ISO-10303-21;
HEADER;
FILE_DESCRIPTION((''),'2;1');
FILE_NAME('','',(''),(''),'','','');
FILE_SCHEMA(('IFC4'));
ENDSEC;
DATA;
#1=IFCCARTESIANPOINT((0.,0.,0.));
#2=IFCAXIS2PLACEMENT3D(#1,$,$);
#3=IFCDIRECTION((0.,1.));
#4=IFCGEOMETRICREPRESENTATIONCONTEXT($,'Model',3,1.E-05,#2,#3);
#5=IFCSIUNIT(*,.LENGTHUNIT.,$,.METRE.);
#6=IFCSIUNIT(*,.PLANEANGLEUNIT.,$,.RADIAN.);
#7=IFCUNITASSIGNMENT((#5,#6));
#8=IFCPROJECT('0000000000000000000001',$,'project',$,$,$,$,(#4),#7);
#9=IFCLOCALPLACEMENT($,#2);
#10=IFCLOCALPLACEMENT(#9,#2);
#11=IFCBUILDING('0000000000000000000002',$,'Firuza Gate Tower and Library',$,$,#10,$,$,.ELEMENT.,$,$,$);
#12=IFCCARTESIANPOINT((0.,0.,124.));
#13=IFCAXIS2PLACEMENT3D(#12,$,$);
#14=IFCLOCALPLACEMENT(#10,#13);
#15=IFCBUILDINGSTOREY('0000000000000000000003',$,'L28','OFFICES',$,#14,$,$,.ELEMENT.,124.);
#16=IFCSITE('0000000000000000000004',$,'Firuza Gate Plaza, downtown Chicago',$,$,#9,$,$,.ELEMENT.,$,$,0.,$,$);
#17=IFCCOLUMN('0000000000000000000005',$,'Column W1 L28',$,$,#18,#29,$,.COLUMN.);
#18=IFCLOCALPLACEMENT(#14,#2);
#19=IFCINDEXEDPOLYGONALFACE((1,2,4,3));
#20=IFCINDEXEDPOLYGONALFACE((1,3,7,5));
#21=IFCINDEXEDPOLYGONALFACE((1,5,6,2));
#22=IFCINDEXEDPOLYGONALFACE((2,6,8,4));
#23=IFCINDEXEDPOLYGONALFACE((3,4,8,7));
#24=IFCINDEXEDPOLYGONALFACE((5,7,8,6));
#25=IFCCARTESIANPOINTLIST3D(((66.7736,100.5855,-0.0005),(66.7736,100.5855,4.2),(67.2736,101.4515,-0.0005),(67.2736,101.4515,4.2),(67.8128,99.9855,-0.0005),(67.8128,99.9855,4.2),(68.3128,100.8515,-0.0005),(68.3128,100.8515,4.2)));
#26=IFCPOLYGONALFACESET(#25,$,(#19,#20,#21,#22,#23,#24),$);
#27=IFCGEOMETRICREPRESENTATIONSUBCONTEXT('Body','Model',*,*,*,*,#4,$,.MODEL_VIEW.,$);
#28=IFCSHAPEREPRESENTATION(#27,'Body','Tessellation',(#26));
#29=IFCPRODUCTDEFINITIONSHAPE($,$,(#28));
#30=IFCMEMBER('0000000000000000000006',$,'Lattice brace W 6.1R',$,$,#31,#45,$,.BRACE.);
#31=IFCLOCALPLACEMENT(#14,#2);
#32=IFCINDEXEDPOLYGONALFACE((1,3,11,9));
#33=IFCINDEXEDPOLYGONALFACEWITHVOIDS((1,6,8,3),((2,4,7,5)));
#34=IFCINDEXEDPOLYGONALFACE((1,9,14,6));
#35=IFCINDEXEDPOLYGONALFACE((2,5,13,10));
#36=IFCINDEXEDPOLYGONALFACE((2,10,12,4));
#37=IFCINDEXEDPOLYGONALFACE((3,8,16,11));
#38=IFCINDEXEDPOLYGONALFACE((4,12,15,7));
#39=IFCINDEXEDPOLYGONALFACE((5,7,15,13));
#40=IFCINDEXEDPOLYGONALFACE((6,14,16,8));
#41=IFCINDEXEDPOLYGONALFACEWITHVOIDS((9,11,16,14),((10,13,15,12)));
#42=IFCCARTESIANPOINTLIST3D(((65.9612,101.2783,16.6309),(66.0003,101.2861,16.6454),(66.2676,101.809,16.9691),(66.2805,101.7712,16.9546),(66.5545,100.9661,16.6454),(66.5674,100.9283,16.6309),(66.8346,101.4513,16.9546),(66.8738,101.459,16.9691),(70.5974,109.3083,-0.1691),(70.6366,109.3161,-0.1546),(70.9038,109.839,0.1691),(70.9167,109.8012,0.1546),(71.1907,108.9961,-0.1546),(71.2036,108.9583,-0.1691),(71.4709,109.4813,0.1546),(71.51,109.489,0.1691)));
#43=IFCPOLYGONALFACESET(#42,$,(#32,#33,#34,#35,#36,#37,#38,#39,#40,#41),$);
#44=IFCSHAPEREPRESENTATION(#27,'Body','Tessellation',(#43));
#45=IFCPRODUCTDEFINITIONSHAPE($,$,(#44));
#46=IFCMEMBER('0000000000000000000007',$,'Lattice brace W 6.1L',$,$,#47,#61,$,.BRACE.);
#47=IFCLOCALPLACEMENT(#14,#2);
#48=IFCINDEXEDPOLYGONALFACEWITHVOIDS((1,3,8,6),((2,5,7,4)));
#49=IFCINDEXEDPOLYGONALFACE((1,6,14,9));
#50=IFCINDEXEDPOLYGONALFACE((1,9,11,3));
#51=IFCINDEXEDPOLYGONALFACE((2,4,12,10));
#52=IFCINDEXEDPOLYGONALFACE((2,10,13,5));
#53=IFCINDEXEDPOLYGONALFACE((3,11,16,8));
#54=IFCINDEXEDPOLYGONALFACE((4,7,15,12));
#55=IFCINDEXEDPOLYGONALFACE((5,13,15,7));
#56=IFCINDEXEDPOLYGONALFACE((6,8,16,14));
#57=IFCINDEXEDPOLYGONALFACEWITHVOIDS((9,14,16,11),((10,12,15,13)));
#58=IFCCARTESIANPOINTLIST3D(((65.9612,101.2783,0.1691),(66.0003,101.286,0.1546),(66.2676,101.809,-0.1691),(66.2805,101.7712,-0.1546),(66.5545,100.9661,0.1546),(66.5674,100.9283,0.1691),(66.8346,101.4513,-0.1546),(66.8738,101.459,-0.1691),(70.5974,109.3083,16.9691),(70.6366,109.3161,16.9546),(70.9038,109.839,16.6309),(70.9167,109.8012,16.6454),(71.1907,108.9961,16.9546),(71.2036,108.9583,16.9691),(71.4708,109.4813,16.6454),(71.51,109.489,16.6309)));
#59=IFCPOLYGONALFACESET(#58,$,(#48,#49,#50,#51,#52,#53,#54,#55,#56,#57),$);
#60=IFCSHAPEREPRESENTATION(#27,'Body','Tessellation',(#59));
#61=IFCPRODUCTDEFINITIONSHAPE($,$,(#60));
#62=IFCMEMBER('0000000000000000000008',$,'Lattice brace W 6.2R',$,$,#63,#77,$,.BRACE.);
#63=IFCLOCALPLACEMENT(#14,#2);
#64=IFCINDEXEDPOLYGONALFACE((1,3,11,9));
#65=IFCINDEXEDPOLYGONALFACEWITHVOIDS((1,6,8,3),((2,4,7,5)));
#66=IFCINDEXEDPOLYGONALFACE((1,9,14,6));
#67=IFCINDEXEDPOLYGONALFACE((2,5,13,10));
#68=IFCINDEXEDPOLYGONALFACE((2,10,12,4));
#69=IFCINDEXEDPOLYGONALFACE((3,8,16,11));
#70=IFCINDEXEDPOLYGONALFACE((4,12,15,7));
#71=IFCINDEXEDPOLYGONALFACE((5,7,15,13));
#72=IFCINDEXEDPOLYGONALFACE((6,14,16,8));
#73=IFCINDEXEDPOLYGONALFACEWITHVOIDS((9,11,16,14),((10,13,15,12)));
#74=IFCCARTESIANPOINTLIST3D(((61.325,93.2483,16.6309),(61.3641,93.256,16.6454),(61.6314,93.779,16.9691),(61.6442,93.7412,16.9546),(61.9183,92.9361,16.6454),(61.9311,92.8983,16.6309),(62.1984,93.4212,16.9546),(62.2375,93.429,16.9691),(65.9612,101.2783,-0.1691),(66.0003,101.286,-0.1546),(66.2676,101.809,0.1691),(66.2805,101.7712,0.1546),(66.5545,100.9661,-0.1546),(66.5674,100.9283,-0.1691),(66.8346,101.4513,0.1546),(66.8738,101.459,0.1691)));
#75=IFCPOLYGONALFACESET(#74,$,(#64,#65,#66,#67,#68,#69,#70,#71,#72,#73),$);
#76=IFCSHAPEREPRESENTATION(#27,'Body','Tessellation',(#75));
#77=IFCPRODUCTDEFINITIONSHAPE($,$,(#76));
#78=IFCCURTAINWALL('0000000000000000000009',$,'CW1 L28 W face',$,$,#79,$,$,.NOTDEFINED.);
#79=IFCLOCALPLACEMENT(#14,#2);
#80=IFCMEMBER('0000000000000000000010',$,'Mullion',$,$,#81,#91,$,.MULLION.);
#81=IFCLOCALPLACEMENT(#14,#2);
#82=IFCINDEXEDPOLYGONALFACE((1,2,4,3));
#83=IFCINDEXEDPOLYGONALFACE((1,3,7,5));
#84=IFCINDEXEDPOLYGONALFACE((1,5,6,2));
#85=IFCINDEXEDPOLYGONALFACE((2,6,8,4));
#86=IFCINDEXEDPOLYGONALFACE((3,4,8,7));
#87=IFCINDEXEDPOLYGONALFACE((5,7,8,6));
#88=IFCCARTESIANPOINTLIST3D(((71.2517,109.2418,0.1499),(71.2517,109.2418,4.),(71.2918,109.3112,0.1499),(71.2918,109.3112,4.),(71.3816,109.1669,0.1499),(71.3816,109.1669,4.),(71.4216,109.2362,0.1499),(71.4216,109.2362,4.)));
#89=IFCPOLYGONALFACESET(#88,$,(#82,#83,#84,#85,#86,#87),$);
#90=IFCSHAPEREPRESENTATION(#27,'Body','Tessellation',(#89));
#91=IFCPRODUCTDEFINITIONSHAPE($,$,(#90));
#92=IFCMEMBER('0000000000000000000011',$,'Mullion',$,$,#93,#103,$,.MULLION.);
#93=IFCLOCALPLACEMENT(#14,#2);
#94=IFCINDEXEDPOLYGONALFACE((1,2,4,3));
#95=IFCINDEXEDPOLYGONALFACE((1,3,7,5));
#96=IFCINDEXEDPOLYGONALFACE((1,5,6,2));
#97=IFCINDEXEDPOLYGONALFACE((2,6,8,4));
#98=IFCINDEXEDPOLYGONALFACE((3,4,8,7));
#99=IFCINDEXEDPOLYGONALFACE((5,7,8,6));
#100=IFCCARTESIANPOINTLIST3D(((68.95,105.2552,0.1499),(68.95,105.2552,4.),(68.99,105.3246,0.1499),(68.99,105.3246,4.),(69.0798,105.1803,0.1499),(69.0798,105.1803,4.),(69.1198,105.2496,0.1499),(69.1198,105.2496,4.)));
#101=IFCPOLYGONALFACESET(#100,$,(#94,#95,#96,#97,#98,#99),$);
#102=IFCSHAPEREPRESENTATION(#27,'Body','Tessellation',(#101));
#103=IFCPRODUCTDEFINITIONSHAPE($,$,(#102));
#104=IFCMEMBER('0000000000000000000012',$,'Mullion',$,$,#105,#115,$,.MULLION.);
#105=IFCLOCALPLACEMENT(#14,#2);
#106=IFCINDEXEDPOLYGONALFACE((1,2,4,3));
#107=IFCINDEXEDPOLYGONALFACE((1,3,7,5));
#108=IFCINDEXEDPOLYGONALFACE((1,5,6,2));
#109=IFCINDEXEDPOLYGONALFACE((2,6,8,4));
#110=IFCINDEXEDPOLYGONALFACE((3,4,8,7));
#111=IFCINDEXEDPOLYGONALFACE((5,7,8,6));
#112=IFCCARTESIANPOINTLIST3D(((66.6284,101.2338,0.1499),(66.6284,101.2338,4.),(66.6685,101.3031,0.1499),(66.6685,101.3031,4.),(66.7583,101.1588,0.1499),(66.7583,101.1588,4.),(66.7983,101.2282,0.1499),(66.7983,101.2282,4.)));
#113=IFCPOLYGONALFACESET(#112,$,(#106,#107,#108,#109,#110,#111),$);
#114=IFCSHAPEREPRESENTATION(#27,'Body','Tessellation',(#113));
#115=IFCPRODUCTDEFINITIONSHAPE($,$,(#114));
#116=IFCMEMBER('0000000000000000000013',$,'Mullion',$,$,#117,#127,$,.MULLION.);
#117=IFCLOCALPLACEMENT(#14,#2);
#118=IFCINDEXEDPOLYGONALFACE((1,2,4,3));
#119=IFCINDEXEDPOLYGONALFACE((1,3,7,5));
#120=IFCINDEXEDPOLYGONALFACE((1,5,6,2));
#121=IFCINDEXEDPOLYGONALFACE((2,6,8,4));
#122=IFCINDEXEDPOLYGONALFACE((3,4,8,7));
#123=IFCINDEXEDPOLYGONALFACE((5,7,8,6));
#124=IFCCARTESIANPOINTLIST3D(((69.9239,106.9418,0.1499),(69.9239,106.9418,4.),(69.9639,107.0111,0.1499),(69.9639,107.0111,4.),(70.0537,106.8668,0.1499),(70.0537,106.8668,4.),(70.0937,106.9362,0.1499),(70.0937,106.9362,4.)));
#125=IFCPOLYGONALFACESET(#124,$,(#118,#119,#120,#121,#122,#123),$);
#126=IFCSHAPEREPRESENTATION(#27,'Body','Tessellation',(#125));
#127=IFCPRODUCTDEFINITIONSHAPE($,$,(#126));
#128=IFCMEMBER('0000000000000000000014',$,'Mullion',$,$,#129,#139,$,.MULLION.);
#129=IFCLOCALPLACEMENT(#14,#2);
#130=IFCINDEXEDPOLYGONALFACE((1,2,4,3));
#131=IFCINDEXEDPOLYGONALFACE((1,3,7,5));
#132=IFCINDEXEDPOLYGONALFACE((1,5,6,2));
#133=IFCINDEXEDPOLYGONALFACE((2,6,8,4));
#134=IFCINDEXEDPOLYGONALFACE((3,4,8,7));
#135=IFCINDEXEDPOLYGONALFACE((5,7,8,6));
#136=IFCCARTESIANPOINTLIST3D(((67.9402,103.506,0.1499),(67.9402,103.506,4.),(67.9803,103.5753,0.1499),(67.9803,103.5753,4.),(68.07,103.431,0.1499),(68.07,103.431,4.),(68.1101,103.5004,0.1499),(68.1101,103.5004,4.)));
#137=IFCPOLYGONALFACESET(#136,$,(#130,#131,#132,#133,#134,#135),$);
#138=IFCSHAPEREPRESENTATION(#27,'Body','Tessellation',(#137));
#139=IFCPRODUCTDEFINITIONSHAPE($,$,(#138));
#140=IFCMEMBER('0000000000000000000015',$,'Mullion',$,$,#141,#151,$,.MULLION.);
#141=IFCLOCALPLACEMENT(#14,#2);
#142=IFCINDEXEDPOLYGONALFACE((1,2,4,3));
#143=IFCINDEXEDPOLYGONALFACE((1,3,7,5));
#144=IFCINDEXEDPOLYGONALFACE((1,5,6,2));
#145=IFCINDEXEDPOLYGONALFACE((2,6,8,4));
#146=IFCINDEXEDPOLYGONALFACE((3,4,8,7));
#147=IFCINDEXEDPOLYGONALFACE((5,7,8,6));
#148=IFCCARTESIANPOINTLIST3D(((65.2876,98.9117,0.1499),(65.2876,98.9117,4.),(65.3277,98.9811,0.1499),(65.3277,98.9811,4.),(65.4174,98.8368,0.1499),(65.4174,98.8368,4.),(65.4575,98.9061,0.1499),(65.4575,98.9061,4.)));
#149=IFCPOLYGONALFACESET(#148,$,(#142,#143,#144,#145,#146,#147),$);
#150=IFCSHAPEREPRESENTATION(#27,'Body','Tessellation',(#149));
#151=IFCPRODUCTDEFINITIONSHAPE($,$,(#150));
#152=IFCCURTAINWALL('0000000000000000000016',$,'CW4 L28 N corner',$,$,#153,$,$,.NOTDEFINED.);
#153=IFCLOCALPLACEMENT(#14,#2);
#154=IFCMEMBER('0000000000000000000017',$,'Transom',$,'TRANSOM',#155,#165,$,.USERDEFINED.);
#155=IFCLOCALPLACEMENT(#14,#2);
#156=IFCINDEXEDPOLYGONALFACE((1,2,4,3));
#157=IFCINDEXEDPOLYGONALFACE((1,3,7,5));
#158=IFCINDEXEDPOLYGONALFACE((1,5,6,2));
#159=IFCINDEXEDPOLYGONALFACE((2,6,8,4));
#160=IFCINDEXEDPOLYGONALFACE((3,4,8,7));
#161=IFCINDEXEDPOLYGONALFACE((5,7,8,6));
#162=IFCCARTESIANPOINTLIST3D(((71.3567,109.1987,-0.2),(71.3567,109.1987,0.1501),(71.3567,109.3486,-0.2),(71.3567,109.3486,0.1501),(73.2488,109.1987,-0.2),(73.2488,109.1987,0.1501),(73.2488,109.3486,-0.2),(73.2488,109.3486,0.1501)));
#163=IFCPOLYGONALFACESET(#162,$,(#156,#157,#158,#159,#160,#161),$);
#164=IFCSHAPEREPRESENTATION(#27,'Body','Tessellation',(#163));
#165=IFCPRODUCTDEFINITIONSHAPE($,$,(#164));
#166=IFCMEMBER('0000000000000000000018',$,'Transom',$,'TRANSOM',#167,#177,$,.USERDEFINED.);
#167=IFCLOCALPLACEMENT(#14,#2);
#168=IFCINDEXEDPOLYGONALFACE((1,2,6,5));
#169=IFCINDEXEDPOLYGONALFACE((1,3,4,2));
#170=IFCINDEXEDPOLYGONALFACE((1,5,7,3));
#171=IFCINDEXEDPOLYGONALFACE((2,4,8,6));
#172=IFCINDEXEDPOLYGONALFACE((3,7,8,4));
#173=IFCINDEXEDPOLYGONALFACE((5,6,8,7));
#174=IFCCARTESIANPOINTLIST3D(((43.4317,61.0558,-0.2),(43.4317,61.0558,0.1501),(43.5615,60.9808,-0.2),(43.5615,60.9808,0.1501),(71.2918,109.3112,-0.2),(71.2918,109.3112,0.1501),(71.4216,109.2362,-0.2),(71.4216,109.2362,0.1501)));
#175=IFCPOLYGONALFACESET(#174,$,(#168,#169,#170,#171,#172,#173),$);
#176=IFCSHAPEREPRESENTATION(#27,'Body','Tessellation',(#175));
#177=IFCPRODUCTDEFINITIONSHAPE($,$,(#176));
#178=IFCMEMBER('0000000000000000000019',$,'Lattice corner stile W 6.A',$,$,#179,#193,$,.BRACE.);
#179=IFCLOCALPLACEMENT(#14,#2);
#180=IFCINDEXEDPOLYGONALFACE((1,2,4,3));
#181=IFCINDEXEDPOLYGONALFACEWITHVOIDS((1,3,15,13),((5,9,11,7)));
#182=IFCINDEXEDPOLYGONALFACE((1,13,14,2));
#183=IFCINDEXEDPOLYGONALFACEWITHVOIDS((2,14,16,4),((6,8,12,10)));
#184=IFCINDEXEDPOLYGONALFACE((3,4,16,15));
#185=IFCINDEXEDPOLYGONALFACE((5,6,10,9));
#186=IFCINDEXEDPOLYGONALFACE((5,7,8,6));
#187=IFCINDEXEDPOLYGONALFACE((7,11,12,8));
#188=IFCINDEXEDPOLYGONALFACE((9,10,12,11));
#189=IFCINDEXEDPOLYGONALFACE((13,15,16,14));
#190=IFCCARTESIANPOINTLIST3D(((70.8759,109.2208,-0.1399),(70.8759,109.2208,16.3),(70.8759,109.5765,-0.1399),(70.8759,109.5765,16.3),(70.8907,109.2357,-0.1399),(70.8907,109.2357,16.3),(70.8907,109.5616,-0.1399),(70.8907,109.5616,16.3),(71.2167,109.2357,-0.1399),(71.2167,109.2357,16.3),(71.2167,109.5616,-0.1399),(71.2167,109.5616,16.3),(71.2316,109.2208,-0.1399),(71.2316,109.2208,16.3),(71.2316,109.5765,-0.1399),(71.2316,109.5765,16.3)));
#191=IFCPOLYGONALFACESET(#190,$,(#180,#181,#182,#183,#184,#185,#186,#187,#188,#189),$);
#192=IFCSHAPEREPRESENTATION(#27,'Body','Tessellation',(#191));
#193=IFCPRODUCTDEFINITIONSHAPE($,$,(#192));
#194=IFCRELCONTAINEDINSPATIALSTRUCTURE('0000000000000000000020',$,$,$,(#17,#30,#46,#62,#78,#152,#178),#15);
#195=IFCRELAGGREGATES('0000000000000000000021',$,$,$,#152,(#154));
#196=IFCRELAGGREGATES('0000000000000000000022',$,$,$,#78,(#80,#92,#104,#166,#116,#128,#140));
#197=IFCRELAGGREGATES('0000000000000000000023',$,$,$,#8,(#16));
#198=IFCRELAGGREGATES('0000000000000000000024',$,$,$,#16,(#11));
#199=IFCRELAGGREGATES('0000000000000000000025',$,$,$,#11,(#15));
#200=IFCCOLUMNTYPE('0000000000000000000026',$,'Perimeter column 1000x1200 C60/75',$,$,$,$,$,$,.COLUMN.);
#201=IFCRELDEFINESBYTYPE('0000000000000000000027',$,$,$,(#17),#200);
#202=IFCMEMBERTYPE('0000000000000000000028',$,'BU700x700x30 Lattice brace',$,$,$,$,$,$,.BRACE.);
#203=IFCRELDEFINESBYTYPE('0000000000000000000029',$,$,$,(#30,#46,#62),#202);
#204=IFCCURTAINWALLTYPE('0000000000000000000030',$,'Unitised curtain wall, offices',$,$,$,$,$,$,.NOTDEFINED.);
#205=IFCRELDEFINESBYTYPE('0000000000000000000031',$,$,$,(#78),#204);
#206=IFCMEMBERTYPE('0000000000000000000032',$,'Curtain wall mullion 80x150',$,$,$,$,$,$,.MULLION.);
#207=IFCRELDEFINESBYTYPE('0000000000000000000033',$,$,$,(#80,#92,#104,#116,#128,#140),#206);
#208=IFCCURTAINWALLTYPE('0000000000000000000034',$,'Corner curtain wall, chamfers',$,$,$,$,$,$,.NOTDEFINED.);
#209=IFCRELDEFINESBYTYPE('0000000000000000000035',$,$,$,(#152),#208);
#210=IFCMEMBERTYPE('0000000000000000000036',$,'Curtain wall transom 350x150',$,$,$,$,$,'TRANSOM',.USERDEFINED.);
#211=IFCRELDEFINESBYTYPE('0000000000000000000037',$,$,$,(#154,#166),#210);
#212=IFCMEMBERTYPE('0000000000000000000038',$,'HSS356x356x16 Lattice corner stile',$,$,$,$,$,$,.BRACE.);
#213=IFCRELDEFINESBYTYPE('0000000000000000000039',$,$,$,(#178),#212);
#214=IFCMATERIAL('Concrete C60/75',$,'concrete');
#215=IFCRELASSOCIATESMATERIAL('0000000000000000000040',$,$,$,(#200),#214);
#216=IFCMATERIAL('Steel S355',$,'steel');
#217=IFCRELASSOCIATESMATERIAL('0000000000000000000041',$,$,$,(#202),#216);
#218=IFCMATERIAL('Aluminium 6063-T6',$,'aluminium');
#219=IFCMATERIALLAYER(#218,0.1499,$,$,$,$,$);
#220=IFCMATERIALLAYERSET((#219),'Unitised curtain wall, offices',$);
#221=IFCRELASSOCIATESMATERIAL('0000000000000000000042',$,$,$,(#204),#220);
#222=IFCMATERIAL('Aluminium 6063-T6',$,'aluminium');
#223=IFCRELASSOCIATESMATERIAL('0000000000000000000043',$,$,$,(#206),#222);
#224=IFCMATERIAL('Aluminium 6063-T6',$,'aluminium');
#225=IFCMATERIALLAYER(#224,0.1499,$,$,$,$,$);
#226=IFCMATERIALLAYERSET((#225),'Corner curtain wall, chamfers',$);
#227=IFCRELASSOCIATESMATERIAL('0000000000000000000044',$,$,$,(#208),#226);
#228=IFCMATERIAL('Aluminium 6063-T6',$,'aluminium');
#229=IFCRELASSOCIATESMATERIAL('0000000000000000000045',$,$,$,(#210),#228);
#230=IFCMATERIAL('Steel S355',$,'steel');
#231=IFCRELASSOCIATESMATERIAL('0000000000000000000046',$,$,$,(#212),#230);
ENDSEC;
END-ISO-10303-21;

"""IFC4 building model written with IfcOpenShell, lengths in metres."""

from ifc_helpers import new_model, si_unit, direction, frame, origin, origin_2d, place, context, subcontext, project, spatial, rectangle, hollow_rectangle, extrude, material, layer, layer_set, material_profile, profile_set, type_object, element, aggregate, save


model = new_model("IFC4")

# Units and contexts
model_context = context("Model", 3, precision=1e-05, world=origin(), true_north=direction((0.0, 1.0)))
body_context = subcontext(model_context, "Body", "Model", "MODEL_VIEW")
ifc_project = project(units=[si_unit("LENGTHUNIT", "METRE"), si_unit("PLANEANGLEUNIT", "RADIAN")], contexts=[model_context])

# Site, building, storey
site_placement = place(None, origin())
site = spatial("IfcSite", under=ifc_project, at=site_placement, Name="Firuza Gate Plaza, downtown Chicago", CompositionType="ELEMENT", RefElevation=0.0)
building_placement = place(site_placement, origin())
building = spatial("IfcBuilding", under=site, at=building_placement, Name="Firuza Gate Tower and Library", CompositionType="ELEMENT")
storey_placement = place(building_placement, frame((0.0, 0.0, 124.0)))
storey = spatial("IfcBuildingStorey", under=building, at=storey_placement, Name="L28", Description="OFFICES", CompositionType="ELEMENT", Elevation=124.0)

# Column
ifc_material_1 = material(Name="Concrete C60/75", Category="concrete")
ifc_material_profile_1 = material_profile(ifc_material_1, rectangle(XDim=1.0, YDim=1.2, at=origin_2d()))
ifc_profile_set_1 = profile_set([ifc_material_profile_1], Name="Concrete C60/75")
column_type = type_object("IfcColumnType", Name="Perimeter column 1000x1200 C60/75", PredefinedType="COLUMN", material=ifc_profile_set_1)
column_placement = place(storey_placement, frame((67.5432, 100.7185, -0.0005), z_axis=(0.0, 0.0, 1.0), x_axis=(-0.5, -0.866025, 0.0)))
element("IfcColumn", 1, at=column_placement, inside=storey, type_object=column_type, Name="Column W1 L28", PredefinedType="COLUMN", context=body_context, shape_type="SweptSolid", body=[
    extrude(rectangle(XDim=1.0, YDim=1.2, at=origin_2d()), origin(), (0.0, 0.0, 1.0), 4.2004),
])

# Members
ifc_material_2 = material(Name="Steel S355", Category="steel")
ifc_material_profile_2 = material_profile(ifc_material_2, hollow_rectangle(XDim=0.7, YDim=0.7, WallThickness=0.03, at=origin_2d()))
ifc_profile_set_2 = profile_set([ifc_material_profile_2], Name="Steel S355")
member_type_1 = type_object("IfcMemberType", Name="BU700x700x30 Lattice brace", PredefinedType="BRACE", material=ifc_profile_set_2)
for number, where, z_axis, x_axis, name in (
    (2, (71.0537, 109.3987, 0.0), (-0.241609, -0.41847, 0.875504), (0.866021, -0.500007, 0.0), "Lattice brace W 6.1R"),
    (3, (66.4175, 101.3687, 0.0), (0.241609, 0.41847, 0.875504), (-0.866021, 0.500007, 0.0), "Lattice brace W 6.1L"),
    (4, (66.4175, 101.3687, 0.0), (-0.241609, -0.41847, 0.875504), (0.866021, -0.500007, 0.0), "Lattice brace W 6.2R"),
):
    element("IfcMember", number, at=place(storey_placement, frame(where, z_axis=z_axis, x_axis=x_axis)), inside=storey, type_object=member_type_1, Name=name, PredefinedType="BRACE", context=body_context, shape_type="SweptSolid", body=[
        extrude(hollow_rectangle(XDim=0.7, YDim=0.7, WallThickness=0.03, at=origin_2d()), origin(), (0.0, 0.0, 1.0), 19.189),
    ])

# Curtain wall, members
ifc_material_3 = material(Name="Aluminium 6063-T6", Category="aluminium")
ifc_layer_1 = layer(ifc_material_3, 0.1499)
ifc_layer_set_1 = layer_set([ifc_layer_1], Name="Unitised curtain wall, offices")
curtain_wall_type_1 = type_object("IfcCurtainWallType", Name="Unitised curtain wall, offices", PredefinedType="NOTDEFINED", material=ifc_layer_set_1)
placement = place(storey_placement, origin())
curtain_wall_1 = element("IfcCurtainWall", 5, at=placement, inside=storey, type_object=curtain_wall_type_1, Name="CW1 L28 W face", PredefinedType="NOTDEFINED")
ifc_material_4 = material(Name="Aluminium 6063-T6", Category="aluminium")
ifc_material_profile_3 = material_profile(ifc_material_4, rectangle(XDim=0.1499, YDim=0.0801, at=origin_2d()))
ifc_profile_set_3 = profile_set([ifc_material_profile_3], Name="Aluminium 6063-T6")
member_type_2 = type_object("IfcMemberType", Name="Curtain wall mullion 80x150", PredefinedType="MULLION", material=ifc_profile_set_3)
member_1_placement = place(storey_placement, frame((71.3367, 109.239, 0.1499), z_axis=(0.0, 0.0, 1.0), x_axis=(0.866025, -0.5, 0.0)))
member_1 = element("IfcMember", 6, at=member_1_placement, type_object=member_type_2, Name="Mullion", PredefinedType="MULLION", context=body_context, shape_type="SweptSolid", body=[
    extrude(rectangle(XDim=0.1499, YDim=0.0801, at=origin_2d()), origin(), (0.0, 0.0, 1.0), 3.8501),
])
member_2_placement = place(storey_placement, frame((69.0349, 105.2524, 0.1499), z_axis=(0.0, 0.0, 1.0), x_axis=(0.866025, -0.5, 0.0)))
member_2 = element("IfcMember", 7, at=member_2_placement, type_object=member_type_2, Name="Mullion", PredefinedType="MULLION", context=body_context, shape_type="SweptSolid", body=[
    extrude(rectangle(XDim=0.1499, YDim=0.0801, at=origin_2d()), origin(), (0.0, 0.0, 1.0), 3.8501),
])
member_3_placement = place(storey_placement, frame((66.7134, 101.231, 0.1499), z_axis=(0.0, 0.0, 1.0), x_axis=(0.866025, -0.5, 0.0)))
member_3 = element("IfcMember", 8, at=member_3_placement, type_object=member_type_2, Name="Mullion", PredefinedType="MULLION", context=body_context, shape_type="SweptSolid", body=[
    extrude(rectangle(XDim=0.1499, YDim=0.0801, at=origin_2d()), origin(), (0.0, 0.0, 1.0), 3.8501),
])
member_4_placement = place(storey_placement, frame((70.0088, 106.939, 0.1499), z_axis=(0.0, 0.0, 1.0), x_axis=(0.866025, -0.5, 0.0)))
member_4 = element("IfcMember", 9, at=member_4_placement, type_object=member_type_2, Name="Mullion", PredefinedType="MULLION", context=body_context, shape_type="SweptSolid", body=[
    extrude(rectangle(XDim=0.1499, YDim=0.0801, at=origin_2d()), origin(), (0.0, 0.0, 1.0), 3.8501),
])
member_5_placement = place(storey_placement, frame((68.0251, 103.5032, 0.1499), z_axis=(0.0, 0.0, 1.0), x_axis=(0.866025, -0.5, 0.0)))
member_5 = element("IfcMember", 10, at=member_5_placement, type_object=member_type_2, Name="Mullion", PredefinedType="MULLION", context=body_context, shape_type="SweptSolid", body=[
    extrude(rectangle(XDim=0.1499, YDim=0.0801, at=origin_2d()), origin(), (0.0, 0.0, 1.0), 3.8501),
])
member_6_placement = place(storey_placement, frame((65.3726, 98.9089, 0.1499), z_axis=(0.0, 0.0, 1.0), x_axis=(0.866025, -0.5, 0.0)))
member_6 = element("IfcMember", 11, at=member_6_placement, type_object=member_type_2, Name="Mullion", PredefinedType="MULLION", context=body_context, shape_type="SweptSolid", body=[
    extrude(rectangle(XDim=0.1499, YDim=0.0801, at=origin_2d()), origin(), (0.0, 0.0, 1.0), 3.8501),
])

# Curtain wall, member
ifc_material_5 = material(Name="Aluminium 6063-T6", Category="aluminium")
ifc_layer_2 = layer(ifc_material_5, 0.1499)
ifc_layer_set_2 = layer_set([ifc_layer_2], Name="Corner curtain wall, chamfers")
curtain_wall_type_2 = type_object("IfcCurtainWallType", Name="Corner curtain wall, chamfers", PredefinedType="NOTDEFINED", material=ifc_layer_set_2)
curtain_wall_2 = element("IfcCurtainWall", 12, at=placement, inside=storey, type_object=curtain_wall_type_2, Name="CW4 L28 N corner", PredefinedType="NOTDEFINED")
ifc_material_6 = material(Name="Aluminium 6063-T6", Category="aluminium")
ifc_material_profile_4 = material_profile(ifc_material_6, rectangle(XDim=0.1499, YDim=0.3501, at=origin_2d()))
ifc_profile_set_4 = profile_set([ifc_material_profile_4], Name="Aluminium 6063-T6")
member_type_3 = type_object("IfcMemberType", Name="Curtain wall transom 350x150", ElementType="TRANSOM", PredefinedType="USERDEFINED", material=ifc_profile_set_4)
member_7_placement = place(storey_placement, frame((73.2488, 109.2737, -0.0249), z_axis=(-1.0, 0.0, 0.0), x_axis=(0.0, -1.0, 0.0)))
member_7 = element("IfcMember", 13, at=member_7_placement, type_object=member_type_3, Name="Transom", ObjectType="TRANSOM", PredefinedType="USERDEFINED", context=body_context, shape_type="SweptSolid", body=[
    extrude(rectangle(XDim=0.1499, YDim=0.3501, at=origin_2d()), origin(), (0.0, 0.0, 1.0), 1.8921),
])
aggregate(curtain_wall_2, [member_7])

# Member
member_8_placement = place(storey_placement, frame((71.3567, 109.2737, -0.0249), z_axis=(-0.499998, -0.866027, 0.0), x_axis=(0.866027, -0.499998, 0.0)))
member_8 = element("IfcMember", 14, at=member_8_placement, type_object=member_type_3, Name="Transom", ObjectType="TRANSOM", PredefinedType="USERDEFINED", context=body_context, shape_type="SweptSolid", body=[
    extrude(rectangle(XDim=0.1499, YDim=0.3501, at=origin_2d()), origin(), (0.0, 0.0, 1.0), 55.7205),
])

# Member
ifc_material_7 = material(Name="Steel S355", Category="steel")
ifc_material_profile_5 = material_profile(ifc_material_7, hollow_rectangle(XDim=0.3557, YDim=0.3557, WallThickness=0.0149, at=origin_2d()))
ifc_profile_set_5 = profile_set([ifc_material_profile_5], Name="Steel S355")
member_type_4 = type_object("IfcMemberType", Name="HSS356x356x16 Lattice corner stile", PredefinedType="BRACE", material=ifc_profile_set_5)
member_9_placement = place(storey_placement, frame((71.0537, 109.3987, -0.1399), z_axis=(0.0, 0.0, 1.0), x_axis=(1.0, 0.0, 0.0)))
element("IfcMember", 15, at=member_9_placement, inside=storey, type_object=member_type_4, Name="Lattice corner stile W 6.A", PredefinedType="BRACE", context=body_context, shape_type="SweptSolid", body=[
    extrude(hollow_rectangle(XDim=0.3557, YDim=0.3557, WallThickness=0.0149, at=origin_2d()), origin(), (0.0, 0.0, 1.0), 16.4399),
])

aggregate(curtain_wall_1, [member_1, member_2, member_3, member_8, member_4, member_5, member_6])

save(model, "model.ifc")
